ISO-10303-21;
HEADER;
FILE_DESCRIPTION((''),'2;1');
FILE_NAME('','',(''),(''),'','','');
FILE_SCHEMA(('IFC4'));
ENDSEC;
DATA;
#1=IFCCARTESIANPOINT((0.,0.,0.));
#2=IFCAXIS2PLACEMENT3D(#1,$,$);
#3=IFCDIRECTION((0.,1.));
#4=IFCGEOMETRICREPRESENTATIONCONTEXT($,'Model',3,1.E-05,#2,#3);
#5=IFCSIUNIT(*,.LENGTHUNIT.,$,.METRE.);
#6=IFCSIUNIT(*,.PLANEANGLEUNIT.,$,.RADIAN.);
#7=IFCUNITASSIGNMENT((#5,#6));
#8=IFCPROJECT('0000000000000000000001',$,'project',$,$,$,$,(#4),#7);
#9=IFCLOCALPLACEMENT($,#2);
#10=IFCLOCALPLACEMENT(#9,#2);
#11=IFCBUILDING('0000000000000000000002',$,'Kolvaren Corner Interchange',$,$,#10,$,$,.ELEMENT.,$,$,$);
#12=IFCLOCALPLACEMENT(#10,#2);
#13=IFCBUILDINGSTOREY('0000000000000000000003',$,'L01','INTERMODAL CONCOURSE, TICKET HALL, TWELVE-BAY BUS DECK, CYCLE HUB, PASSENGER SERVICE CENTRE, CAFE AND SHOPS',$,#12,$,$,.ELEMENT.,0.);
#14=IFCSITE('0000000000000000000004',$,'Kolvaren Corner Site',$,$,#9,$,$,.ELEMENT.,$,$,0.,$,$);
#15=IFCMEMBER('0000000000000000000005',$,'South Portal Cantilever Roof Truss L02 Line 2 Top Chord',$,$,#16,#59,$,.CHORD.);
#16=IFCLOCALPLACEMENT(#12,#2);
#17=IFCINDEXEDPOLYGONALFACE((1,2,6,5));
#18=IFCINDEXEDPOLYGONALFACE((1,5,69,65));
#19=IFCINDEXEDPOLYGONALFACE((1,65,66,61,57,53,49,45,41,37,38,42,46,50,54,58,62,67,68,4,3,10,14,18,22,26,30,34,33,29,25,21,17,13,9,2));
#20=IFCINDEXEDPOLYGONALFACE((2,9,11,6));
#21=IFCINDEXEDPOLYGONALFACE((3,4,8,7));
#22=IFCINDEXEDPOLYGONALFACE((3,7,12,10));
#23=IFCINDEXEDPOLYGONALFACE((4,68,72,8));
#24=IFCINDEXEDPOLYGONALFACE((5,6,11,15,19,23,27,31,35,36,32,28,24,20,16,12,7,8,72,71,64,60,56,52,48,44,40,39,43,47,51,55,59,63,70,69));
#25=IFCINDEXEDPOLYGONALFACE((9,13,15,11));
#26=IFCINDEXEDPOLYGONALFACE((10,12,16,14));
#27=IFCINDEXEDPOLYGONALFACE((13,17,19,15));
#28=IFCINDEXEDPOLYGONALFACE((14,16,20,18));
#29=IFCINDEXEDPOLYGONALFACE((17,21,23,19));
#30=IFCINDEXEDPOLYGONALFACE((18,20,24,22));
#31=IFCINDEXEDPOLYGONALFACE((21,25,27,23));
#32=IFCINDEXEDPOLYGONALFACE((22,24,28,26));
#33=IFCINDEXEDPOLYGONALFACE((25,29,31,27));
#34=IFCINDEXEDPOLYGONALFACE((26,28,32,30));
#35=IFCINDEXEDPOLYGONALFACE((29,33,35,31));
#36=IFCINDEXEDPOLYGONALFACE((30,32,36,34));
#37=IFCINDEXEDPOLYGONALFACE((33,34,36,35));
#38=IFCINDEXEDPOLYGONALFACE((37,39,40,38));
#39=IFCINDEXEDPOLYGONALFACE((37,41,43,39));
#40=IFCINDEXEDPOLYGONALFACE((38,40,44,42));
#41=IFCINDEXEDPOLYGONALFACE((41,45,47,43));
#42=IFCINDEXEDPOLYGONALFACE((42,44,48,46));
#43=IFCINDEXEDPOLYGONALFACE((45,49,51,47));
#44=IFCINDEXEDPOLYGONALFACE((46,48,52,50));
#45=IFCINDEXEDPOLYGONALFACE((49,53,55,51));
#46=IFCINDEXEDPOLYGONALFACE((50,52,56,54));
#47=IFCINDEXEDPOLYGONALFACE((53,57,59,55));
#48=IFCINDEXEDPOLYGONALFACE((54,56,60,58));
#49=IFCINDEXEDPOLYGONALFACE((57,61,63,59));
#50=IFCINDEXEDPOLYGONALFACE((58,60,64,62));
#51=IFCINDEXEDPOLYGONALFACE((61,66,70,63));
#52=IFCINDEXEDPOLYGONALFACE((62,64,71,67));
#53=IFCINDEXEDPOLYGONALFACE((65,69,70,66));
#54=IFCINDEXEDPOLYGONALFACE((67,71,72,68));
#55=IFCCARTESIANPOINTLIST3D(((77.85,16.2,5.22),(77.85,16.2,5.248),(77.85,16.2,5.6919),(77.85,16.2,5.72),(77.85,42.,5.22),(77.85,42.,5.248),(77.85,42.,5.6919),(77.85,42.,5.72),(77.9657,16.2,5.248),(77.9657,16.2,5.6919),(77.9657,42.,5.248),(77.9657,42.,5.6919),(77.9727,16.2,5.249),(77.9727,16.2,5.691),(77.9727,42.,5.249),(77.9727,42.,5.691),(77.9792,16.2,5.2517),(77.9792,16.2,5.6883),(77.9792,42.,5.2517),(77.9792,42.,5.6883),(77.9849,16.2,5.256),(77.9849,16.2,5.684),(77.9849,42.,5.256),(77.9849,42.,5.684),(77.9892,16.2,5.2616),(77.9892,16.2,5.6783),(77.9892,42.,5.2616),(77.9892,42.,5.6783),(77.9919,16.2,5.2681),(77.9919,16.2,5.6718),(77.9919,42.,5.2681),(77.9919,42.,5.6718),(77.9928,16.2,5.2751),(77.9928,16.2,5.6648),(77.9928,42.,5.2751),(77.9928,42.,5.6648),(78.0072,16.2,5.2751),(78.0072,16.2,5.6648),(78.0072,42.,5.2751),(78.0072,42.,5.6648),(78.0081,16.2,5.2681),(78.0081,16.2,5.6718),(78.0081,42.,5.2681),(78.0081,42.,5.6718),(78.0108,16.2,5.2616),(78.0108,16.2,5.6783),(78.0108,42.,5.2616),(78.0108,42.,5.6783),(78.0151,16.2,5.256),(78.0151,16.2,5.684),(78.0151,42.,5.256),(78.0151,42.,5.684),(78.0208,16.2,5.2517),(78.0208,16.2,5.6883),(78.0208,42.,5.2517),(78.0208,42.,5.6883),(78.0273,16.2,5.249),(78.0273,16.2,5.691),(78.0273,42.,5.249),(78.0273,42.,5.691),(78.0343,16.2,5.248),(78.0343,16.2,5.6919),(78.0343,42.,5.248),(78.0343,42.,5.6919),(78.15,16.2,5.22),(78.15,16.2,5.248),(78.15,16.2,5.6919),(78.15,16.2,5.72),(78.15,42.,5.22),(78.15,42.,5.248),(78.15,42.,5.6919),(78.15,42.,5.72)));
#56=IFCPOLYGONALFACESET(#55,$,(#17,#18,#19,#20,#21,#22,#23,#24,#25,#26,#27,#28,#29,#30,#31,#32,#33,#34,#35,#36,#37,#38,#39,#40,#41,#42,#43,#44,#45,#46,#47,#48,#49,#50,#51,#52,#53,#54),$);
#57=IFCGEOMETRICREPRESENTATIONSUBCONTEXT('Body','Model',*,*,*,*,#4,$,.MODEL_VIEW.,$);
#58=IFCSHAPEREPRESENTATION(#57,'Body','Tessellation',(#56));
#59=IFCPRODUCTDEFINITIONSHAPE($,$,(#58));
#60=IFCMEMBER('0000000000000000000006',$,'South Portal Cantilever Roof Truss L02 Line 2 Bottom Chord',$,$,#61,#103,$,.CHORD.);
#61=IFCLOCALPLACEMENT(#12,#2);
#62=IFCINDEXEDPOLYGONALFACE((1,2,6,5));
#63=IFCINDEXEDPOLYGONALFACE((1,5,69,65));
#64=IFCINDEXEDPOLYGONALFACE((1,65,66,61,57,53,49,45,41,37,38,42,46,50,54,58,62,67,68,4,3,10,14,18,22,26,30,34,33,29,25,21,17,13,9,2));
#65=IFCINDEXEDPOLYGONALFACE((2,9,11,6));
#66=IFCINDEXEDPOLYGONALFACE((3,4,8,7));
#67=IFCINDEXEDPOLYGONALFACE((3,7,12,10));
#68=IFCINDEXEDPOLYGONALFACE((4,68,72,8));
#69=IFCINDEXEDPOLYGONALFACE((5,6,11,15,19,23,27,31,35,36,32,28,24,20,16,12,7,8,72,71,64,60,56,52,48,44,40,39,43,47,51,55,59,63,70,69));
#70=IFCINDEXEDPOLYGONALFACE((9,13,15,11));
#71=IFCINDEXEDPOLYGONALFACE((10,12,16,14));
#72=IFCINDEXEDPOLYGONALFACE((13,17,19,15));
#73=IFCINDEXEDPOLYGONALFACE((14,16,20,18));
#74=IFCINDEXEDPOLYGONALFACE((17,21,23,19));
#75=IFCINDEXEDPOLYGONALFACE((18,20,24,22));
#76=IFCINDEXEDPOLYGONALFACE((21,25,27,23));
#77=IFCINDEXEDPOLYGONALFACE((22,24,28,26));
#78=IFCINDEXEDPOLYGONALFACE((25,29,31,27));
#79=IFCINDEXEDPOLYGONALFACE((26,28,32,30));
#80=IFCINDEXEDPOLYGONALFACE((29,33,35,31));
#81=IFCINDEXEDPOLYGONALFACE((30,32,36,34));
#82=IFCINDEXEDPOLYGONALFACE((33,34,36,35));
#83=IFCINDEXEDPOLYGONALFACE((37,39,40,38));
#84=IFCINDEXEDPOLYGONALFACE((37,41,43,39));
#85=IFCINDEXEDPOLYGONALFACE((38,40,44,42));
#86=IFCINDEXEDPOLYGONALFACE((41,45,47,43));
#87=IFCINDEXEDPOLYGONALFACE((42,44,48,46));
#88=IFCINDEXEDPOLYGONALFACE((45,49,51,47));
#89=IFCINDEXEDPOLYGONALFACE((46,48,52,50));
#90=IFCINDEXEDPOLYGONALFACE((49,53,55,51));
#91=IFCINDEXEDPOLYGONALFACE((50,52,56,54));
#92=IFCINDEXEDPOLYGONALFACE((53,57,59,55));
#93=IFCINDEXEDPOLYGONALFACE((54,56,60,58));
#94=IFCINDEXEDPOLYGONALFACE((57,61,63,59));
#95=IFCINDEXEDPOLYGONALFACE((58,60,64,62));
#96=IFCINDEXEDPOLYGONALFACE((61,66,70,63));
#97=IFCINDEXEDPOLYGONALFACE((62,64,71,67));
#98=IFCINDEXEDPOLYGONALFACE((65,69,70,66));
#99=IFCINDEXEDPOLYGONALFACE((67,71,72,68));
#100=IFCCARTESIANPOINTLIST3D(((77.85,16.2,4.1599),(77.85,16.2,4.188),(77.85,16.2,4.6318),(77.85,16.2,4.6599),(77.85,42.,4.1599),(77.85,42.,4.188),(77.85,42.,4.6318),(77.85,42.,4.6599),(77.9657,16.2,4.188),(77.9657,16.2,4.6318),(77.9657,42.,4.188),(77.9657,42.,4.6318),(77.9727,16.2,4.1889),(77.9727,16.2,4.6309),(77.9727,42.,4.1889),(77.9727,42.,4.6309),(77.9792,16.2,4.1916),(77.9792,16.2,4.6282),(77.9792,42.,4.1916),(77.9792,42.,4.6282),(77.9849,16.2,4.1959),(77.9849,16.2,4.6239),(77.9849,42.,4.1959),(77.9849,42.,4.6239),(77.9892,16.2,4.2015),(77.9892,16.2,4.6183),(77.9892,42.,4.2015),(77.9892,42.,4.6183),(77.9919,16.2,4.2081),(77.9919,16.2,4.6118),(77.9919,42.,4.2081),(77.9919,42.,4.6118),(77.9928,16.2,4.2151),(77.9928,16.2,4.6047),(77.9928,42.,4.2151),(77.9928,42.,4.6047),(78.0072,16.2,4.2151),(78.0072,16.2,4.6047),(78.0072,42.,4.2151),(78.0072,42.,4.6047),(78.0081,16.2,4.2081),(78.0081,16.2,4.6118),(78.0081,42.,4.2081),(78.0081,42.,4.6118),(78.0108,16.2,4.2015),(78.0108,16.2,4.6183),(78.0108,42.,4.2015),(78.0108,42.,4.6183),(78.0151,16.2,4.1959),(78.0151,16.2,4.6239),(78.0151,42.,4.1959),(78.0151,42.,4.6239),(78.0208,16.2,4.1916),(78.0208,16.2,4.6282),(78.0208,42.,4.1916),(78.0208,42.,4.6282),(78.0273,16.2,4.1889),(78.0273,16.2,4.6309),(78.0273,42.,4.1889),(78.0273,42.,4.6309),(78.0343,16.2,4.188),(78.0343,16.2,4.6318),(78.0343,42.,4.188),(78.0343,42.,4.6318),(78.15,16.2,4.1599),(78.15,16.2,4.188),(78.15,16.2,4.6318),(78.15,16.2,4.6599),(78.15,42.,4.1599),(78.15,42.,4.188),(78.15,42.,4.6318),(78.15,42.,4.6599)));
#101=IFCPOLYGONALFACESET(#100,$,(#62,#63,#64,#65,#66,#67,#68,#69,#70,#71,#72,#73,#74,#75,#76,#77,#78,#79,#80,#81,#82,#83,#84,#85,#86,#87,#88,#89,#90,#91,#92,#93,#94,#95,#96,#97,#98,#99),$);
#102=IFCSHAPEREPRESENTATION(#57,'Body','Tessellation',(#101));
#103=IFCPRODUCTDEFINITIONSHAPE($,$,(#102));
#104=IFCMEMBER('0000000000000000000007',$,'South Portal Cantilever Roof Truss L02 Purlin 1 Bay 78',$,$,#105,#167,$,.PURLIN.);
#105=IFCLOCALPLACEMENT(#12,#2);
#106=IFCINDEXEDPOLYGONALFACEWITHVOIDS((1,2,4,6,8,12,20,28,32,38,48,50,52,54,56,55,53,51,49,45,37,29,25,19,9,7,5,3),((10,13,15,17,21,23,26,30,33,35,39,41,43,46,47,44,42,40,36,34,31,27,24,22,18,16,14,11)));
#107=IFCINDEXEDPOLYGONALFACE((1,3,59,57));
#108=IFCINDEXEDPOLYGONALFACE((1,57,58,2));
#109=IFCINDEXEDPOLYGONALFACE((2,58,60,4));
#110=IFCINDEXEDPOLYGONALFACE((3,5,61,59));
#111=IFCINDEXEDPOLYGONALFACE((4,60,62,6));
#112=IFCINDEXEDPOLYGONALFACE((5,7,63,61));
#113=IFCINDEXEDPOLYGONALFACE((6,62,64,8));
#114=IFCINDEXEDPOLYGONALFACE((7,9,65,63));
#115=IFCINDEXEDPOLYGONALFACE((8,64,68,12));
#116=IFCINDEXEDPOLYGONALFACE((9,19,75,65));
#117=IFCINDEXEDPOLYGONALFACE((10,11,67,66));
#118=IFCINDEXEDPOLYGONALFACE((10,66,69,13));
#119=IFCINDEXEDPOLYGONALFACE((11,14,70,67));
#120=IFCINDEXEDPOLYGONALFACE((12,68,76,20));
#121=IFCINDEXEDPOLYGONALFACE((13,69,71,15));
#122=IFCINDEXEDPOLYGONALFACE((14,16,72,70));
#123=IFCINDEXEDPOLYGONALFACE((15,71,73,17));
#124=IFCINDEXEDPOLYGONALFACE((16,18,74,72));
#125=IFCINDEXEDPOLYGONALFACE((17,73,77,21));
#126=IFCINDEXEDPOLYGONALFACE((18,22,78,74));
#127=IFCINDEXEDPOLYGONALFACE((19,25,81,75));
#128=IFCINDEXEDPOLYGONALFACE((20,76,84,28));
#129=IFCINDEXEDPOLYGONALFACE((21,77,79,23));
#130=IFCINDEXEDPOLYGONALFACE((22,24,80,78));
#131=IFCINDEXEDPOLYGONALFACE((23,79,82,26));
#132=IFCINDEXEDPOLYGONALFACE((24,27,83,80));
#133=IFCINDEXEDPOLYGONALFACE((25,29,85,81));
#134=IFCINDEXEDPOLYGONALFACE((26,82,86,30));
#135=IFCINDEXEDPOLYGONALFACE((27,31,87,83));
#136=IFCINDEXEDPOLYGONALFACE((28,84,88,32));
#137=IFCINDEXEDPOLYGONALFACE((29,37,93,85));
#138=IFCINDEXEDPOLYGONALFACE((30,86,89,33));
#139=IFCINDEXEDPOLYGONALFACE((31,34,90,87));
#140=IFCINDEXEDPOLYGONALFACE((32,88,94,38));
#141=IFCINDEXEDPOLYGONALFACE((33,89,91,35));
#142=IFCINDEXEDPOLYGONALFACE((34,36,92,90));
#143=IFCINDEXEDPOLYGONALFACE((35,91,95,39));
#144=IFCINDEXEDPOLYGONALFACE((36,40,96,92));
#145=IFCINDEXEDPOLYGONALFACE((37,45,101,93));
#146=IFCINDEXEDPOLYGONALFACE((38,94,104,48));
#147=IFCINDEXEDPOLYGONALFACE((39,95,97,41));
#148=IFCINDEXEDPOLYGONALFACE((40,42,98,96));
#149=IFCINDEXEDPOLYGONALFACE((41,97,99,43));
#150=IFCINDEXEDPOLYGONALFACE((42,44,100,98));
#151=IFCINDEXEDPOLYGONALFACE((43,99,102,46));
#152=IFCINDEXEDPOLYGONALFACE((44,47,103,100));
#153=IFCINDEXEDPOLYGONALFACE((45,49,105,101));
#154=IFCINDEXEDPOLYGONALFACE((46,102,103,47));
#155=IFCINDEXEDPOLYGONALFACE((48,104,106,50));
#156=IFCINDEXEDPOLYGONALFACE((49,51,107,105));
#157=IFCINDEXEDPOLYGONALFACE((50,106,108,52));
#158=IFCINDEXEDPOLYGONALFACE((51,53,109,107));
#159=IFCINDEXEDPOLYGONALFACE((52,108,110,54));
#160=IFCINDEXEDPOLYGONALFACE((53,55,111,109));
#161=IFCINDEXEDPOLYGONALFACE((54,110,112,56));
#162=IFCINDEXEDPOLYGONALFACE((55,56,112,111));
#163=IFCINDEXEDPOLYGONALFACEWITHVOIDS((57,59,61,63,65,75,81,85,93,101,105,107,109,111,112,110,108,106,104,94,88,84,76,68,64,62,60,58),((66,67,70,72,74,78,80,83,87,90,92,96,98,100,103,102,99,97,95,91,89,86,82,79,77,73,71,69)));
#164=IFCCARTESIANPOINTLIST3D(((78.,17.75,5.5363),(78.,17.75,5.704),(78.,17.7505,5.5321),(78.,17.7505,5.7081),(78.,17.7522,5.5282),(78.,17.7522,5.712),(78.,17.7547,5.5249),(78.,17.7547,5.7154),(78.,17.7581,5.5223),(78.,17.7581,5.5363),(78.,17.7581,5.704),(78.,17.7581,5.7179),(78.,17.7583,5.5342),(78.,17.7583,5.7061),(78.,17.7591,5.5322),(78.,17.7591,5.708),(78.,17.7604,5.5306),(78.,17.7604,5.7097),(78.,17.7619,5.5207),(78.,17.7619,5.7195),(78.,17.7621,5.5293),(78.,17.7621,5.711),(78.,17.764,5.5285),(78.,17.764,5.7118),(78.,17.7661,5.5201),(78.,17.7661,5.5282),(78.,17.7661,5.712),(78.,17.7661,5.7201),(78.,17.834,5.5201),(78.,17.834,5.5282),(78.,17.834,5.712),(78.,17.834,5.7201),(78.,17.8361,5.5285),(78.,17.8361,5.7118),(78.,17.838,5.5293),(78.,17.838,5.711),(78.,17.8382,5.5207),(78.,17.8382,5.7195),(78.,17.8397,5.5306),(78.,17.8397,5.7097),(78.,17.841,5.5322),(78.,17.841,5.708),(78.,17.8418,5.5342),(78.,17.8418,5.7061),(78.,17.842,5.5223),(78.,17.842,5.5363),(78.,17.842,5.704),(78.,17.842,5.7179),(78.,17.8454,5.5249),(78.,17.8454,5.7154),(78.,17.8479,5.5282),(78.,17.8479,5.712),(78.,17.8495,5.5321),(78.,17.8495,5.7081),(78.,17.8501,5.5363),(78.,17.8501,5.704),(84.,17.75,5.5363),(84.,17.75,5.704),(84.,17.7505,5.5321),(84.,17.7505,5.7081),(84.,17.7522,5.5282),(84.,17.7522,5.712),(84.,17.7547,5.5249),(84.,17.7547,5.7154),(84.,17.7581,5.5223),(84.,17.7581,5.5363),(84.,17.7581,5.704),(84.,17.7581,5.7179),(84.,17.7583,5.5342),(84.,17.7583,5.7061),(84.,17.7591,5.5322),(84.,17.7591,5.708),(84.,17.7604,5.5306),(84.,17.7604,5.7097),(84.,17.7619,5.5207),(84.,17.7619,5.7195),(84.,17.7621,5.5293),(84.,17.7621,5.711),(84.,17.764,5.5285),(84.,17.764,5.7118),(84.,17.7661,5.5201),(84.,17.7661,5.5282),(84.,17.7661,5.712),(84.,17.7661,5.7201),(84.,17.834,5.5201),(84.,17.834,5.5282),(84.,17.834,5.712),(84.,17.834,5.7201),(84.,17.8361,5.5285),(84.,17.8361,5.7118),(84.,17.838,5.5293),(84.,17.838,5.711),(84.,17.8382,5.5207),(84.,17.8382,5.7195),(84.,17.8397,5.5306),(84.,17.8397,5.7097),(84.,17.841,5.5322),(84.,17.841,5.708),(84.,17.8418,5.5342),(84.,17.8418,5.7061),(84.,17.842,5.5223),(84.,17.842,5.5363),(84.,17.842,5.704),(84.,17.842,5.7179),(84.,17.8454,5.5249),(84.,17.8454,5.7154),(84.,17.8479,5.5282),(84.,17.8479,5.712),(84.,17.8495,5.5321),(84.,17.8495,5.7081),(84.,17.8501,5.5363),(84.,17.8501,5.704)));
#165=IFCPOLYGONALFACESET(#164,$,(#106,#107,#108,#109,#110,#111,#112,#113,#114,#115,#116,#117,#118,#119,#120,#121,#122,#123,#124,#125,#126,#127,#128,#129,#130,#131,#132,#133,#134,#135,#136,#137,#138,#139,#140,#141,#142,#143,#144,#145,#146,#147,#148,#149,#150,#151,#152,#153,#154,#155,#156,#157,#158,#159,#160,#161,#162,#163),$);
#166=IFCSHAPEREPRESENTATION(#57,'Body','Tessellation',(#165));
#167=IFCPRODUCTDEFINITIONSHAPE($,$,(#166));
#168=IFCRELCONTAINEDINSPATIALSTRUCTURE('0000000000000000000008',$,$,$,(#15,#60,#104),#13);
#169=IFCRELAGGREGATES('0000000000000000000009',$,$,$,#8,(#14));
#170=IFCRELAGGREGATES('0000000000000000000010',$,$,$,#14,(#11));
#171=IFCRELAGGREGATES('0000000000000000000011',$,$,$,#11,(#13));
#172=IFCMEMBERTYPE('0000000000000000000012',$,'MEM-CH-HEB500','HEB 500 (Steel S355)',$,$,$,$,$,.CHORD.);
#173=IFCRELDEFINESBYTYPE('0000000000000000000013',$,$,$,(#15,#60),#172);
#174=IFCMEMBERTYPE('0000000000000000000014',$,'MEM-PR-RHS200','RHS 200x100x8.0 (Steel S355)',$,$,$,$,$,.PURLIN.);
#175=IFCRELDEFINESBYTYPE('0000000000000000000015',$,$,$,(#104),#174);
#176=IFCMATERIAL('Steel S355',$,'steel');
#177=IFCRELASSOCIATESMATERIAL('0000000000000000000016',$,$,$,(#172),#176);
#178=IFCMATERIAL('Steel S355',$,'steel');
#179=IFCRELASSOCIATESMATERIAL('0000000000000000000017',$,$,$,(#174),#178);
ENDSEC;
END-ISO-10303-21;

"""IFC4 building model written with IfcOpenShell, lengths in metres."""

from ifc_helpers import new_model, si_unit, direction, frame, origin, origin_2d, place, context, subcontext, project, spatial, hollow_rectangle, i_section, extrude, material, material_profile, profile_set, type_object, element, save


model = new_model("IFC4")

# Units and contexts
model_context = context("Model", 3, precision=1e-05, world=origin(), true_north=direction((0.0, 1.0)))
body_context = subcontext(model_context, "Body", "Model", "MODEL_VIEW")
ifc_project = project(units=[si_unit("LENGTHUNIT", "METRE"), si_unit("PLANEANGLEUNIT", "RADIAN")], contexts=[model_context])

# Site, building, storey
site_placement = place(None, origin())
site = spatial("IfcSite", under=ifc_project, at=site_placement, Name="Kolvaren Corner Site", CompositionType="ELEMENT", RefElevation=0.0)
building_placement = place(site_placement, origin())
building = spatial("IfcBuilding", under=site, at=building_placement, Name="Kolvaren Corner Interchange", CompositionType="ELEMENT")
storey_placement = place(building_placement, origin())
storey = spatial("IfcBuildingStorey", under=building, at=storey_placement, Name="L01", Description="INTERMODAL CONCOURSE, TICKET HALL, TWELVE-BAY BUS DECK, CYCLE HUB, PASSENGER SERVICE CENTRE, CAFE AND SHOPS", CompositionType="ELEMENT", Elevation=0.0)

# Members
ifc_material_1 = material(Name="Steel S355", Category="steel")
ifc_material_profile_1 = material_profile(ifc_material_1, i_section(OverallWidth=0.3, OverallDepth=0.5, WebThickness=0.0144, FlangeThickness=0.0281, FilletRadius=0.0271, at=origin_2d()), Name="HEB 500")
ifc_profile_set_1 = profile_set([ifc_material_profile_1], Name="Steel S355")
member_type_1 = type_object("IfcMemberType", Name="MEM-CH-HEB500", Description="HEB 500 (Steel S355)", PredefinedType="CHORD", material=ifc_profile_set_1)
for number, where, z_axis, x_axis, name in (
    (1, (78.0, 16.2, 5.47), (0.0, 1.0, 0.0), (-1.0, 0.0, 0.0), "South Portal Cantilever Roof Truss L02 Line 2 Top Chord"),
    (2, (78.0, 16.2, 4.4099), (0.0, 1.0, 0.0), (-1.0, 0.0, 0.0), "South Portal Cantilever Roof Truss L02 Line 2 Bottom Chord"),
):
    element("IfcMember", number, at=place(storey_placement, frame(where, z_axis=z_axis, x_axis=x_axis)), inside=storey, type_object=member_type_1, Name=name, PredefinedType="CHORD", context=body_context, shape_type="SweptSolid", body=[
        extrude(i_section(OverallWidth=0.3, OverallDepth=0.5, WebThickness=0.0144, FlangeThickness=0.0281, FilletRadius=0.0271, at=origin_2d()), origin(), (0.0, 0.0, 1.0), 25.8),
    ])
ifc_material_2 = material(Name="Steel S355", Category="steel")
ifc_material_profile_2 = material_profile(ifc_material_2, hollow_rectangle(XDim=0.1001, YDim=0.2, WallThickness=0.0081, InnerFilletRadius=0.0081, OuterFilletRadius=0.0161, at=origin_2d()), Name="RHS 200x100x8.0")
ifc_profile_set_2 = profile_set([ifc_material_profile_2], Name="Steel S355")
member_type_2 = type_object("IfcMemberType", Name="MEM-PR-RHS200", Description="RHS 200x100x8.0 (Steel S355)", PredefinedType="PURLIN", material=ifc_profile_set_2)
for number, where, z_axis, x_axis, name in (
    (3, (78.0, 17.8, 5.6201), (1.0, 0.0, 0.0), (0.0, 1.0, 0.0), "South Portal Cantilever Roof Truss L02 Purlin 1 Bay 78"),
):
    element("IfcMember", number, at=place(storey_placement, frame(where, z_axis=z_axis, x_axis=x_axis)), inside=storey, type_object=member_type_2, Name=name, PredefinedType="PURLIN", context=body_context, shape_type="SweptSolid", body=[
        extrude(hollow_rectangle(XDim=0.1001, YDim=0.2, WallThickness=0.0081, InnerFilletRadius=0.0081, OuterFilletRadius=0.0161, at=origin_2d()), origin(), (0.0, 0.0, 1.0), 6.0),
    ])

save(model, "model.ifc")
